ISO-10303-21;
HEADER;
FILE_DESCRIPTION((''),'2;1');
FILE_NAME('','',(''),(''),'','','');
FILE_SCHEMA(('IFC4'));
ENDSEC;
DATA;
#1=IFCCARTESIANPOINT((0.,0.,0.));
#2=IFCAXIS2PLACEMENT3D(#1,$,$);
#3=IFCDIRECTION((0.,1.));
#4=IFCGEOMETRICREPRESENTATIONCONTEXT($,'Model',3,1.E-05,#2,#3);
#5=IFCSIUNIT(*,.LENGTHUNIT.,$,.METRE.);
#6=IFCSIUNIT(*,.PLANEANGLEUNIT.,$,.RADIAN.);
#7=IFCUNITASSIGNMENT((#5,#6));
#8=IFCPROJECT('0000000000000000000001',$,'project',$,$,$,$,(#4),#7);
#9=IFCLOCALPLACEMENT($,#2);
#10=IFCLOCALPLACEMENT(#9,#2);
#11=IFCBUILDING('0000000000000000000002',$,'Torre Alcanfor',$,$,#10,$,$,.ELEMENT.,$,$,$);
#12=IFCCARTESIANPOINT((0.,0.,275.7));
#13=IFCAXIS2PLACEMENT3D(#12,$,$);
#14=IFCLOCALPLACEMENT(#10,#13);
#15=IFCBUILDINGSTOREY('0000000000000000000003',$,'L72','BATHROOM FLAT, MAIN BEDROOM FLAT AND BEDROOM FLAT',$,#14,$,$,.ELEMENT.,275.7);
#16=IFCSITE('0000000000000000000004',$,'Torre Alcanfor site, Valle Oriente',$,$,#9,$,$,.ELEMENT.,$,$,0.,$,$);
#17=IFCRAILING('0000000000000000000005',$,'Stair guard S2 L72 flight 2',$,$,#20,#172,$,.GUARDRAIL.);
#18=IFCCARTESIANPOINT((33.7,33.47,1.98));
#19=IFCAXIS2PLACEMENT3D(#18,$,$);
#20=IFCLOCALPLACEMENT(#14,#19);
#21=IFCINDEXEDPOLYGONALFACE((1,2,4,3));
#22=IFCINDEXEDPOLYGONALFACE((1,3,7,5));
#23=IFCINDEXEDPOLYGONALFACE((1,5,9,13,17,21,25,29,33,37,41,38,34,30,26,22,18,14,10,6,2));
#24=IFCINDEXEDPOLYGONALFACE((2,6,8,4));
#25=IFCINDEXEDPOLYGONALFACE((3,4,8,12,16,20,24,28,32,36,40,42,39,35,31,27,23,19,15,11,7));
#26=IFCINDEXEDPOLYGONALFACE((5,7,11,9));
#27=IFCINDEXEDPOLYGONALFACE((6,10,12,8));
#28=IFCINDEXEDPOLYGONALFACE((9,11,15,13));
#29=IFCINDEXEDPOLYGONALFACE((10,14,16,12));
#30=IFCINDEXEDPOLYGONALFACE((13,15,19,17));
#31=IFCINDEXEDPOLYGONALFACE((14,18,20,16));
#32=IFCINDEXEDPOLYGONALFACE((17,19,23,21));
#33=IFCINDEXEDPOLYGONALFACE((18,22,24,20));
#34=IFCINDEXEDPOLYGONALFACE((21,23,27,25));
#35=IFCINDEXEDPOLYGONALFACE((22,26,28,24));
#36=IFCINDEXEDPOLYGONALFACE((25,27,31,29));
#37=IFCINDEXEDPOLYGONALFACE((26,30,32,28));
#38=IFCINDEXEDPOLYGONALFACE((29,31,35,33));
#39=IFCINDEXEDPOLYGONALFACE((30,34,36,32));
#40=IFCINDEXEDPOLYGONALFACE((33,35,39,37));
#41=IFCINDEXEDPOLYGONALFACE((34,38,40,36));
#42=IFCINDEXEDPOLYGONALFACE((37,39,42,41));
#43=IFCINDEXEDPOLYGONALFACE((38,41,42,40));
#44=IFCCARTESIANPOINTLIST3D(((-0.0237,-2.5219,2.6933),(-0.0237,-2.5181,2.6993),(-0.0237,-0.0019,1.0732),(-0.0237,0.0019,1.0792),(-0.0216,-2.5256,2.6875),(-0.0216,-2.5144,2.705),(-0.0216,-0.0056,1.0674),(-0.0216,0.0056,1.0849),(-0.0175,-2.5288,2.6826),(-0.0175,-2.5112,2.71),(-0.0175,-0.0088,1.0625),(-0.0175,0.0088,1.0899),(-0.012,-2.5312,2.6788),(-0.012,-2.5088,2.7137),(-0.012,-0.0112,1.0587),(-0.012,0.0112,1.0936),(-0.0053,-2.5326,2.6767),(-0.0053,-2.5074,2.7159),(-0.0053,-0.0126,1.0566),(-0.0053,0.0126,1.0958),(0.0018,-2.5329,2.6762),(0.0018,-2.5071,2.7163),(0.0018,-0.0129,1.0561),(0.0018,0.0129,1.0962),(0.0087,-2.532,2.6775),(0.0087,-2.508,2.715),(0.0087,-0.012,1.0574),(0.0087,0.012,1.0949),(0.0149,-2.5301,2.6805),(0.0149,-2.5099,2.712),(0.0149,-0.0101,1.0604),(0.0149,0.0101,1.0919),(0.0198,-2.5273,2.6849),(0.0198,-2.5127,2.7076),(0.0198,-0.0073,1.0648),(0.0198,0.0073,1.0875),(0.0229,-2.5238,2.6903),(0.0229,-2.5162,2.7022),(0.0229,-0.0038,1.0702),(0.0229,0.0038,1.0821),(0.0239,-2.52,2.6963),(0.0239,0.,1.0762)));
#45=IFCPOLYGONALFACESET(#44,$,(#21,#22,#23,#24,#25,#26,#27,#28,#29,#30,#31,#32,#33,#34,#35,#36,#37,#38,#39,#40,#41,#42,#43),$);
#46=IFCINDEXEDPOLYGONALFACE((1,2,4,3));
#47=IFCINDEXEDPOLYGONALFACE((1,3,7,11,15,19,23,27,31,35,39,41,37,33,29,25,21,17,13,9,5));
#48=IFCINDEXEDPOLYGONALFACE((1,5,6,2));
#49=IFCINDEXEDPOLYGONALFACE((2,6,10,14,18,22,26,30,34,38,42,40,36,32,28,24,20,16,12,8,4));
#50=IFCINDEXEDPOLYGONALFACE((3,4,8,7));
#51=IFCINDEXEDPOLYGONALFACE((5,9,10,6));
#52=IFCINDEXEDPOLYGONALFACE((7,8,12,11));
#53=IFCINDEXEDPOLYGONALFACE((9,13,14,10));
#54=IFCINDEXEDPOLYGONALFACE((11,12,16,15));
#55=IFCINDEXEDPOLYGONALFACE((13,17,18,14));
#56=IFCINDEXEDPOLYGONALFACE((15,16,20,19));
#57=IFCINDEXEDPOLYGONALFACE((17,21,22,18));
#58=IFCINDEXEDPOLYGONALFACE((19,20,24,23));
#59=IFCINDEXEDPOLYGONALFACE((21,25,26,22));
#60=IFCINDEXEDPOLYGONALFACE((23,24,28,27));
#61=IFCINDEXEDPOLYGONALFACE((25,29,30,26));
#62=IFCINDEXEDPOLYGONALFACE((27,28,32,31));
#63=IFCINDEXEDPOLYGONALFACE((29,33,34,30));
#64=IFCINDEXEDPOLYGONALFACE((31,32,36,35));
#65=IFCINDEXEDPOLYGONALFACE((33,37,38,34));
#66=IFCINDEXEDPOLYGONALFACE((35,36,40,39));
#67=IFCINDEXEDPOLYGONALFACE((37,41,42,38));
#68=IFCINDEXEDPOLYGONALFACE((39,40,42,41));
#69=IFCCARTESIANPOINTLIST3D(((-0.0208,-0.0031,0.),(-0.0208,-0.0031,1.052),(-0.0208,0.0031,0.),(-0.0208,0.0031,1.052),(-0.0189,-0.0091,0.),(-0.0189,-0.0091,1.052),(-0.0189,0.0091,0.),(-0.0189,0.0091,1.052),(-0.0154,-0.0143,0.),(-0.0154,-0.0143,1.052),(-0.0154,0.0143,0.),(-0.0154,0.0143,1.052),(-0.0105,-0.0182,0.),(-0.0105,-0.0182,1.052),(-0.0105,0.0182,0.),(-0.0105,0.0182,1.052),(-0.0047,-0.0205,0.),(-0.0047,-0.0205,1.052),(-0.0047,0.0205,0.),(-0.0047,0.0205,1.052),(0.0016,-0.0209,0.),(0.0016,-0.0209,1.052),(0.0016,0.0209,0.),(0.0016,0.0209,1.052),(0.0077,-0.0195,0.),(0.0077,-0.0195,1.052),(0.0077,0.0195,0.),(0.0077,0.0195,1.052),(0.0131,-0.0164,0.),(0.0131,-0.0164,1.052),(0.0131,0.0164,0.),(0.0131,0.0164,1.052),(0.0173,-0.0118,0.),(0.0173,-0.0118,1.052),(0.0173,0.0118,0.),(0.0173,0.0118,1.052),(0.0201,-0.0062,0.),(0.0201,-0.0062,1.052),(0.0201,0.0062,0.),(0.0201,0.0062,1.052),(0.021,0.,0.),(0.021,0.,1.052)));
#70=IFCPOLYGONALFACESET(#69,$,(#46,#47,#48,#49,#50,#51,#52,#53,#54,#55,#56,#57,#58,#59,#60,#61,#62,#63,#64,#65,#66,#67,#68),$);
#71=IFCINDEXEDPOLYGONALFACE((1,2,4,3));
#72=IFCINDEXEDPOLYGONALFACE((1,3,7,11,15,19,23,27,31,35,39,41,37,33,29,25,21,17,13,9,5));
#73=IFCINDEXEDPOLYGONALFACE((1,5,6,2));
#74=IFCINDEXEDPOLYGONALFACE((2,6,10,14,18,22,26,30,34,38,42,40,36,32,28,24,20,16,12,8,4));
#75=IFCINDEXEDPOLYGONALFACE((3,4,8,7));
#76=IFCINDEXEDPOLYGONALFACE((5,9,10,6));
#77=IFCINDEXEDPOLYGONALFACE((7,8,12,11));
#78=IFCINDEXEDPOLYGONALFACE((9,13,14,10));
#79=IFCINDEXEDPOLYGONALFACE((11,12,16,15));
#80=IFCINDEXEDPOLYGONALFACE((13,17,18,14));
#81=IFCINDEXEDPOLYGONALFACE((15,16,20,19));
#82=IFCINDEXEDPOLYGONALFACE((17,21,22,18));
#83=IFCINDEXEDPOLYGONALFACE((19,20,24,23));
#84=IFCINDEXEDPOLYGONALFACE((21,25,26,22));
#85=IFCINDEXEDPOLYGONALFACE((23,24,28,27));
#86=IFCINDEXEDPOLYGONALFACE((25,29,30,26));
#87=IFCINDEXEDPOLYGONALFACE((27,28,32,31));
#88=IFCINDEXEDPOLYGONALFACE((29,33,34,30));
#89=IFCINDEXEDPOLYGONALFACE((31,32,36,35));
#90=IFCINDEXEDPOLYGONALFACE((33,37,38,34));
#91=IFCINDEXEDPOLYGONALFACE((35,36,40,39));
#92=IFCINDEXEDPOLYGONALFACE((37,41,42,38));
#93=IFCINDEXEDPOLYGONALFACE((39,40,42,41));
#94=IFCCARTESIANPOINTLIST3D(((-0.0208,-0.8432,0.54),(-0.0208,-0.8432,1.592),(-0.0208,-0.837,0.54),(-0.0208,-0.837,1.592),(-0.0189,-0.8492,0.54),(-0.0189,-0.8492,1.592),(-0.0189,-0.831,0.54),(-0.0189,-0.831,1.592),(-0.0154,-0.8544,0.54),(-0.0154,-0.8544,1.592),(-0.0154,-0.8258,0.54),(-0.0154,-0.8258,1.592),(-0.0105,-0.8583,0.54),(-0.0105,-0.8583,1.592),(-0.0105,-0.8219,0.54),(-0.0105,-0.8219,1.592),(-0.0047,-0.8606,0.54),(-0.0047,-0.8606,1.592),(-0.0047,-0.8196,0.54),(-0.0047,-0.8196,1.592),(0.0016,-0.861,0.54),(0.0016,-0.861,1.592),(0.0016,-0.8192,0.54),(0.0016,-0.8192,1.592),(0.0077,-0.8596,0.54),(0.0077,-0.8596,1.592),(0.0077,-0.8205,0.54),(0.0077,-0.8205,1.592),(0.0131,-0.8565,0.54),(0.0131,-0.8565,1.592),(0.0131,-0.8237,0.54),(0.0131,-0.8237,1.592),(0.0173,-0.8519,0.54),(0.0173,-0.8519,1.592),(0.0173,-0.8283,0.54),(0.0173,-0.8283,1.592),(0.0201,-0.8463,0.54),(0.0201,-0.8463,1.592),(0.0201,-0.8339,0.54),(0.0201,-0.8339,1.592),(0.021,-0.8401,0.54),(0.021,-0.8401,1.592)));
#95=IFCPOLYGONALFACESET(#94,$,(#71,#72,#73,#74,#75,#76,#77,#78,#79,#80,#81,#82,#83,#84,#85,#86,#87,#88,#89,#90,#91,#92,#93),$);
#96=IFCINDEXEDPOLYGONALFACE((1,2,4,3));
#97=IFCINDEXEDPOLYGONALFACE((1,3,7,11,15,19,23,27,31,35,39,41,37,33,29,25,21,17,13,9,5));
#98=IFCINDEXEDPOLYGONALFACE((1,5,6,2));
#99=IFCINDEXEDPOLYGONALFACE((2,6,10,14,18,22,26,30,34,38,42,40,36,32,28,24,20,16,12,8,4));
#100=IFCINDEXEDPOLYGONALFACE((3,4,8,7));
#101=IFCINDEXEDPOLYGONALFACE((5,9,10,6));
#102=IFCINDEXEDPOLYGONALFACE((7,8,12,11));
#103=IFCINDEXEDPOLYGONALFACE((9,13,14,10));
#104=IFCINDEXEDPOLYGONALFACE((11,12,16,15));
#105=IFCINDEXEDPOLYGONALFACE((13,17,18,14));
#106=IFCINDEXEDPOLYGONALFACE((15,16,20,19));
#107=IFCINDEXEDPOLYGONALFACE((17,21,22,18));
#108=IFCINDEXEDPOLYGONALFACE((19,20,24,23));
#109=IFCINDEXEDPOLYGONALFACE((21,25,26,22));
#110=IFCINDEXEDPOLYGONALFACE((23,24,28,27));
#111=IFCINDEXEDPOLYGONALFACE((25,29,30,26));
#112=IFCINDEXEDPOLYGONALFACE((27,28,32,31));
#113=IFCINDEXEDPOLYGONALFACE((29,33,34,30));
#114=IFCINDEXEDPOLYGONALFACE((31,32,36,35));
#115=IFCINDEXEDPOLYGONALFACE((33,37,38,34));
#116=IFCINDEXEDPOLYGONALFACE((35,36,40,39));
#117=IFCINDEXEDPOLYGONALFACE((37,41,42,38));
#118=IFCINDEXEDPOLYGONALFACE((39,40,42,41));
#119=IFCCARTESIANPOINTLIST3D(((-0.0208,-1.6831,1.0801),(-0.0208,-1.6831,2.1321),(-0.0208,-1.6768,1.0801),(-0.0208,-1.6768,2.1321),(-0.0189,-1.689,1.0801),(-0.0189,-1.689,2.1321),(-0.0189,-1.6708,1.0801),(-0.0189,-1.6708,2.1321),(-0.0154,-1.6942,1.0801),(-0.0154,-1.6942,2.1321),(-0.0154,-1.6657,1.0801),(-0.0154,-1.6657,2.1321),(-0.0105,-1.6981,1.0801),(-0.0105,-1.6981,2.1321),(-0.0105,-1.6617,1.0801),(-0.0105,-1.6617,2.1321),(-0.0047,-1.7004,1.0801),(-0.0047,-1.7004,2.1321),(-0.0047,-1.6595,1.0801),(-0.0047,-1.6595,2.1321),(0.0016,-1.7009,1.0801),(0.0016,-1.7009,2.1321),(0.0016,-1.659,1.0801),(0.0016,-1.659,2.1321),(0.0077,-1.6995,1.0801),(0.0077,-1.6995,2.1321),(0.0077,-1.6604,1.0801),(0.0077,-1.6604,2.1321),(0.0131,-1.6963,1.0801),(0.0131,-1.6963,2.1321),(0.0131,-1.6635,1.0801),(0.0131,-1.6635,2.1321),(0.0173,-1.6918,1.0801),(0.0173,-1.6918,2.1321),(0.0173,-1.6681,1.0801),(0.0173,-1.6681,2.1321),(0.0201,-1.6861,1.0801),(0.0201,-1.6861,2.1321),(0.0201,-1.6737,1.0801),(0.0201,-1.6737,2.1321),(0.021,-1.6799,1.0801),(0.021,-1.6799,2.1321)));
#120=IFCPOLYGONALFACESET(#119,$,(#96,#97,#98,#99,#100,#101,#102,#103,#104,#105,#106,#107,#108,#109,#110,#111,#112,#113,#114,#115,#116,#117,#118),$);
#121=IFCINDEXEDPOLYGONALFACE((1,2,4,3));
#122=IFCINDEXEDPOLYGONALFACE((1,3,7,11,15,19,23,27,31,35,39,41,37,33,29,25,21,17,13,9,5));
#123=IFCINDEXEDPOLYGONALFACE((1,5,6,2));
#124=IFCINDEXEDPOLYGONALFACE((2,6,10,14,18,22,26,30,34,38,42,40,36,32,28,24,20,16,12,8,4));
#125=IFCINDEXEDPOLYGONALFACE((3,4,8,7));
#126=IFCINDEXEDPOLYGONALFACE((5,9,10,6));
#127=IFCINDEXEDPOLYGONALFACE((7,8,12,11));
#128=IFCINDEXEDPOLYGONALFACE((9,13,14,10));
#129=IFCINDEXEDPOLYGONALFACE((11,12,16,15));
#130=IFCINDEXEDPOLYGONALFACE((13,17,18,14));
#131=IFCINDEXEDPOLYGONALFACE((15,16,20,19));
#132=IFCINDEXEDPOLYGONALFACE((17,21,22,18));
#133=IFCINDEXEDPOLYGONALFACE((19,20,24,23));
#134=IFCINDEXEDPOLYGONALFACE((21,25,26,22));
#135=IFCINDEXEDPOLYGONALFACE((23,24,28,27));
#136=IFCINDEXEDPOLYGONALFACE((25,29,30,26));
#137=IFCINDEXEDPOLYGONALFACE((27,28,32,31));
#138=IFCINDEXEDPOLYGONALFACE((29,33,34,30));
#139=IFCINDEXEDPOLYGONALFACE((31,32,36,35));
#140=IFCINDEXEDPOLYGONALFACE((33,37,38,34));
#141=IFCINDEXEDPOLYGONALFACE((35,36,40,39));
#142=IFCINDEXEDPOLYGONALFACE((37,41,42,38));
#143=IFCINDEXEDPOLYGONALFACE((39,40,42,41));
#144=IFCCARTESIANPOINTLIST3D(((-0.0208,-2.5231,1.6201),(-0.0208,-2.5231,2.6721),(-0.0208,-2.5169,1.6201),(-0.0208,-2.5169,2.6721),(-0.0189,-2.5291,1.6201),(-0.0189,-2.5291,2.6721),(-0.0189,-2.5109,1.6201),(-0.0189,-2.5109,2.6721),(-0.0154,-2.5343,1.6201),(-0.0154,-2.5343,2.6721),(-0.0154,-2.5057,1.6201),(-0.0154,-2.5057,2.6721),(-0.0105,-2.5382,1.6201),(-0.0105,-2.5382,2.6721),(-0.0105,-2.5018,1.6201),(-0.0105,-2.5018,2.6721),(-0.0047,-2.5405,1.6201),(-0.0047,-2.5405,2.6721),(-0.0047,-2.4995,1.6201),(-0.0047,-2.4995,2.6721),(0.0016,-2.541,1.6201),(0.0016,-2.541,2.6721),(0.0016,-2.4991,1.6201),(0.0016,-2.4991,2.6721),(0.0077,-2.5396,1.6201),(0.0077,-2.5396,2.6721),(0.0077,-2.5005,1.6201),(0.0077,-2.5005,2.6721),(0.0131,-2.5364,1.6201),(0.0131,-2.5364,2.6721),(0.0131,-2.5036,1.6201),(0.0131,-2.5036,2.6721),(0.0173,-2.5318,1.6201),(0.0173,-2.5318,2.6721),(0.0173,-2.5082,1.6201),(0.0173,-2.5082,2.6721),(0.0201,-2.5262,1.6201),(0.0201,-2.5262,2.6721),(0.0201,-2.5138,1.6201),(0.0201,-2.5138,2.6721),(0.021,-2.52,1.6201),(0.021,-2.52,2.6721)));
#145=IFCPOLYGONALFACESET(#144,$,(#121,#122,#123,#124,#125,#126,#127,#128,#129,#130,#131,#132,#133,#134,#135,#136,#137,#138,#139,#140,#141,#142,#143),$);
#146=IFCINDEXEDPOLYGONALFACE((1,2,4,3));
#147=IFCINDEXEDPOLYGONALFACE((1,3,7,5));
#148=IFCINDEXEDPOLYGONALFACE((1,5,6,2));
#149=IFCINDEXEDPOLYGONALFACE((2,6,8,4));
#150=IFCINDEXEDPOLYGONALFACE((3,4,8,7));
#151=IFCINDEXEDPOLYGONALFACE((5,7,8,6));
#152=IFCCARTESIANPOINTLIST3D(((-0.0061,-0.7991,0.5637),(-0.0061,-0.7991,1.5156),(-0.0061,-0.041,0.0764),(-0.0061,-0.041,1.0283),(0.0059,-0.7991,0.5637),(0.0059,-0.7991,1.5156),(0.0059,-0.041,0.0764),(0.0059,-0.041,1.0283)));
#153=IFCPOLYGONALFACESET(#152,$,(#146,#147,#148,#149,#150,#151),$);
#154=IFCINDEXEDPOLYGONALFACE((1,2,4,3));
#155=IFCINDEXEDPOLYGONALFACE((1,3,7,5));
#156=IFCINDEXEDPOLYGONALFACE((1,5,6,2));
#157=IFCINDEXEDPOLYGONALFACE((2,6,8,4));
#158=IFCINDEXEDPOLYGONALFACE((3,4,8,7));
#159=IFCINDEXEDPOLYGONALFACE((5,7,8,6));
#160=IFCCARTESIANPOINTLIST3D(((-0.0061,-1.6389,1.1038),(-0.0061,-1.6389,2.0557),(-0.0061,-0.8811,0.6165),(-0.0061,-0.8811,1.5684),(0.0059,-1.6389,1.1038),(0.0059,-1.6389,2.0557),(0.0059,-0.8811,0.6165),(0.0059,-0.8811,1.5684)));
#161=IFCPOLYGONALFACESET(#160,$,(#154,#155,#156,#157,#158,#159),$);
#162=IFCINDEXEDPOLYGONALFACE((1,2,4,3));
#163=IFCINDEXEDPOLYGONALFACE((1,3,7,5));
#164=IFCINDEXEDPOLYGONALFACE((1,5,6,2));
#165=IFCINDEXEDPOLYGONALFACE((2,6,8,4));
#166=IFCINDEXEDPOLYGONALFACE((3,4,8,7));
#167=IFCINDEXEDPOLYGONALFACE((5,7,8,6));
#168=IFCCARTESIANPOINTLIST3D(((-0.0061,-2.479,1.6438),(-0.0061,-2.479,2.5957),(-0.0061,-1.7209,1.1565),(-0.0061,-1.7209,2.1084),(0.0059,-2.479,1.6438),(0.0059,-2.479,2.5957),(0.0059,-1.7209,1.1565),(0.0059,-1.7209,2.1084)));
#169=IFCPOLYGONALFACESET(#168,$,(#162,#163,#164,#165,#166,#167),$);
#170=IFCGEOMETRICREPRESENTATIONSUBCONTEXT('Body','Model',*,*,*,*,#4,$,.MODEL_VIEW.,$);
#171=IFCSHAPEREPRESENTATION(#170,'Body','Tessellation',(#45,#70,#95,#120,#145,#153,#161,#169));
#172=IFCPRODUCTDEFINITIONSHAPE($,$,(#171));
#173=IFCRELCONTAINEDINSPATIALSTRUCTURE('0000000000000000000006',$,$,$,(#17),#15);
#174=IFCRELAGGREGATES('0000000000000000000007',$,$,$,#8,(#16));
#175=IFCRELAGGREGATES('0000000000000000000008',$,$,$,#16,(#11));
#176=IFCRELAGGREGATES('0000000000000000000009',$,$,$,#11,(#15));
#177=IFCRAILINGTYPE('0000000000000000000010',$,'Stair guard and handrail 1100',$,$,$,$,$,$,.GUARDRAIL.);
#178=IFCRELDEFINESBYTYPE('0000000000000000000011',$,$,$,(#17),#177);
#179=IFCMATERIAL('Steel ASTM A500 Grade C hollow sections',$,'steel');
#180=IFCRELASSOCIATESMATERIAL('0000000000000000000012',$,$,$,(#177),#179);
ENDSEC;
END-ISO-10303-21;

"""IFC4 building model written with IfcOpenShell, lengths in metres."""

from ifc_helpers import new_model, si_unit, direction, frame, origin, origin_2d, place, context, subcontext, project, spatial, polyline, circle, outline, extrude, material, type_object, element, save


model = new_model("IFC4")

# Units and contexts
model_context = context("Model", 3, precision=1e-05, world=origin(), true_north=direction((0.0, 1.0)))
body_context = subcontext(model_context, "Body", "Model", "MODEL_VIEW")
ifc_project = project(units=[si_unit("LENGTHUNIT", "METRE"), si_unit("PLANEANGLEUNIT", "RADIAN")], contexts=[model_context])

# Site, building, storey
site_placement = place(None, origin())
site = spatial("IfcSite", under=ifc_project, at=site_placement, Name="Torre Alcanfor site, Valle Oriente", CompositionType="ELEMENT", RefElevation=0.0)
building_placement = place(site_placement, origin())
building = spatial("IfcBuilding", under=site, at=building_placement, Name="Torre Alcanfor", CompositionType="ELEMENT")
storey_placement = place(building_placement, frame((0.0, 0.0, 275.7)))
storey = spatial("IfcBuildingStorey", under=building, at=storey_placement, Name="L72", Description="BATHROOM FLAT, MAIN BEDROOM FLAT AND BEDROOM FLAT", CompositionType="ELEMENT", Elevation=275.7)

# Railing
ifc_material_1 = material(Name="Steel ASTM A500 Grade C hollow sections", Category="steel")
railing_type_1 = type_object("IfcRailingType", Name="Stair guard and handrail 1100", PredefinedType="GUARDRAIL", material=ifc_material_1)
railing_1_placement = place(storey_placement, frame((33.7, 33.47, 1.98)))
element("IfcRailing", 1, at=railing_1_placement, inside=storey, type_object=railing_type_1, Name="Stair guard S2 L72 flight 2", PredefinedType="GUARDRAIL", context=body_context, shape_type="SweptSolid", body=[
    extrude(circle(Radius=0.0239, at=origin_2d()), frame((0.0, 0.0, 1.0762), z_axis=(0.0, -0.841163, 0.540782), x_axis=(1.0, 0.0, 0.0)), (0.0, 0.0, 1.0), 2.9958),
    extrude(circle(Radius=0.021, at=origin_2d()), origin(), (0.0, 0.0, 1.0), 1.052),
    extrude(circle(Radius=0.021, at=origin_2d()), frame((0.0, -0.8401, 0.54)), (0.0, 0.0, 1.0), 1.052),
    extrude(circle(Radius=0.021, at=origin_2d()), frame((0.0, -1.6799, 1.0801)), (0.0, 0.0, 1.0), 1.052),
    extrude(circle(Radius=0.021, at=origin_2d()), frame((0.0, -2.52, 1.6201)), (0.0, 0.0, 1.0), 1.052),
    extrude(outline(polyline([(0.041, 0.0764), (0.7991, 0.5637), (0.7991, 1.5156), (0.041, 1.0283), (0.041, 0.0764)])), frame((0.0059, 0.0, 0.0), z_axis=(-1.0, 0.0, 0.0), x_axis=(0.0, -1.0, 0.0)), (0.0, 0.0, 1.0), 0.012),
    extrude(outline(polyline([(0.8811, 0.6165), (1.6389, 1.1038), (1.6389, 2.0557), (0.8811, 1.5684), (0.8811, 0.6165)])), frame((0.0059, 0.0, 0.0), z_axis=(-1.0, 0.0, 0.0), x_axis=(0.0, -1.0, 0.0)), (0.0, 0.0, 1.0), 0.012),
    extrude(outline(polyline([(1.7209, 1.1565), (2.479, 1.6438), (2.479, 2.5957), (1.7209, 2.1084), (1.7209, 1.1565)])), frame((0.0059, 0.0, 0.0), z_axis=(-1.0, 0.0, 0.0), x_axis=(0.0, -1.0, 0.0)), (0.0, 0.0, 1.0), 0.012),
])

save(model, "model.ifc")
